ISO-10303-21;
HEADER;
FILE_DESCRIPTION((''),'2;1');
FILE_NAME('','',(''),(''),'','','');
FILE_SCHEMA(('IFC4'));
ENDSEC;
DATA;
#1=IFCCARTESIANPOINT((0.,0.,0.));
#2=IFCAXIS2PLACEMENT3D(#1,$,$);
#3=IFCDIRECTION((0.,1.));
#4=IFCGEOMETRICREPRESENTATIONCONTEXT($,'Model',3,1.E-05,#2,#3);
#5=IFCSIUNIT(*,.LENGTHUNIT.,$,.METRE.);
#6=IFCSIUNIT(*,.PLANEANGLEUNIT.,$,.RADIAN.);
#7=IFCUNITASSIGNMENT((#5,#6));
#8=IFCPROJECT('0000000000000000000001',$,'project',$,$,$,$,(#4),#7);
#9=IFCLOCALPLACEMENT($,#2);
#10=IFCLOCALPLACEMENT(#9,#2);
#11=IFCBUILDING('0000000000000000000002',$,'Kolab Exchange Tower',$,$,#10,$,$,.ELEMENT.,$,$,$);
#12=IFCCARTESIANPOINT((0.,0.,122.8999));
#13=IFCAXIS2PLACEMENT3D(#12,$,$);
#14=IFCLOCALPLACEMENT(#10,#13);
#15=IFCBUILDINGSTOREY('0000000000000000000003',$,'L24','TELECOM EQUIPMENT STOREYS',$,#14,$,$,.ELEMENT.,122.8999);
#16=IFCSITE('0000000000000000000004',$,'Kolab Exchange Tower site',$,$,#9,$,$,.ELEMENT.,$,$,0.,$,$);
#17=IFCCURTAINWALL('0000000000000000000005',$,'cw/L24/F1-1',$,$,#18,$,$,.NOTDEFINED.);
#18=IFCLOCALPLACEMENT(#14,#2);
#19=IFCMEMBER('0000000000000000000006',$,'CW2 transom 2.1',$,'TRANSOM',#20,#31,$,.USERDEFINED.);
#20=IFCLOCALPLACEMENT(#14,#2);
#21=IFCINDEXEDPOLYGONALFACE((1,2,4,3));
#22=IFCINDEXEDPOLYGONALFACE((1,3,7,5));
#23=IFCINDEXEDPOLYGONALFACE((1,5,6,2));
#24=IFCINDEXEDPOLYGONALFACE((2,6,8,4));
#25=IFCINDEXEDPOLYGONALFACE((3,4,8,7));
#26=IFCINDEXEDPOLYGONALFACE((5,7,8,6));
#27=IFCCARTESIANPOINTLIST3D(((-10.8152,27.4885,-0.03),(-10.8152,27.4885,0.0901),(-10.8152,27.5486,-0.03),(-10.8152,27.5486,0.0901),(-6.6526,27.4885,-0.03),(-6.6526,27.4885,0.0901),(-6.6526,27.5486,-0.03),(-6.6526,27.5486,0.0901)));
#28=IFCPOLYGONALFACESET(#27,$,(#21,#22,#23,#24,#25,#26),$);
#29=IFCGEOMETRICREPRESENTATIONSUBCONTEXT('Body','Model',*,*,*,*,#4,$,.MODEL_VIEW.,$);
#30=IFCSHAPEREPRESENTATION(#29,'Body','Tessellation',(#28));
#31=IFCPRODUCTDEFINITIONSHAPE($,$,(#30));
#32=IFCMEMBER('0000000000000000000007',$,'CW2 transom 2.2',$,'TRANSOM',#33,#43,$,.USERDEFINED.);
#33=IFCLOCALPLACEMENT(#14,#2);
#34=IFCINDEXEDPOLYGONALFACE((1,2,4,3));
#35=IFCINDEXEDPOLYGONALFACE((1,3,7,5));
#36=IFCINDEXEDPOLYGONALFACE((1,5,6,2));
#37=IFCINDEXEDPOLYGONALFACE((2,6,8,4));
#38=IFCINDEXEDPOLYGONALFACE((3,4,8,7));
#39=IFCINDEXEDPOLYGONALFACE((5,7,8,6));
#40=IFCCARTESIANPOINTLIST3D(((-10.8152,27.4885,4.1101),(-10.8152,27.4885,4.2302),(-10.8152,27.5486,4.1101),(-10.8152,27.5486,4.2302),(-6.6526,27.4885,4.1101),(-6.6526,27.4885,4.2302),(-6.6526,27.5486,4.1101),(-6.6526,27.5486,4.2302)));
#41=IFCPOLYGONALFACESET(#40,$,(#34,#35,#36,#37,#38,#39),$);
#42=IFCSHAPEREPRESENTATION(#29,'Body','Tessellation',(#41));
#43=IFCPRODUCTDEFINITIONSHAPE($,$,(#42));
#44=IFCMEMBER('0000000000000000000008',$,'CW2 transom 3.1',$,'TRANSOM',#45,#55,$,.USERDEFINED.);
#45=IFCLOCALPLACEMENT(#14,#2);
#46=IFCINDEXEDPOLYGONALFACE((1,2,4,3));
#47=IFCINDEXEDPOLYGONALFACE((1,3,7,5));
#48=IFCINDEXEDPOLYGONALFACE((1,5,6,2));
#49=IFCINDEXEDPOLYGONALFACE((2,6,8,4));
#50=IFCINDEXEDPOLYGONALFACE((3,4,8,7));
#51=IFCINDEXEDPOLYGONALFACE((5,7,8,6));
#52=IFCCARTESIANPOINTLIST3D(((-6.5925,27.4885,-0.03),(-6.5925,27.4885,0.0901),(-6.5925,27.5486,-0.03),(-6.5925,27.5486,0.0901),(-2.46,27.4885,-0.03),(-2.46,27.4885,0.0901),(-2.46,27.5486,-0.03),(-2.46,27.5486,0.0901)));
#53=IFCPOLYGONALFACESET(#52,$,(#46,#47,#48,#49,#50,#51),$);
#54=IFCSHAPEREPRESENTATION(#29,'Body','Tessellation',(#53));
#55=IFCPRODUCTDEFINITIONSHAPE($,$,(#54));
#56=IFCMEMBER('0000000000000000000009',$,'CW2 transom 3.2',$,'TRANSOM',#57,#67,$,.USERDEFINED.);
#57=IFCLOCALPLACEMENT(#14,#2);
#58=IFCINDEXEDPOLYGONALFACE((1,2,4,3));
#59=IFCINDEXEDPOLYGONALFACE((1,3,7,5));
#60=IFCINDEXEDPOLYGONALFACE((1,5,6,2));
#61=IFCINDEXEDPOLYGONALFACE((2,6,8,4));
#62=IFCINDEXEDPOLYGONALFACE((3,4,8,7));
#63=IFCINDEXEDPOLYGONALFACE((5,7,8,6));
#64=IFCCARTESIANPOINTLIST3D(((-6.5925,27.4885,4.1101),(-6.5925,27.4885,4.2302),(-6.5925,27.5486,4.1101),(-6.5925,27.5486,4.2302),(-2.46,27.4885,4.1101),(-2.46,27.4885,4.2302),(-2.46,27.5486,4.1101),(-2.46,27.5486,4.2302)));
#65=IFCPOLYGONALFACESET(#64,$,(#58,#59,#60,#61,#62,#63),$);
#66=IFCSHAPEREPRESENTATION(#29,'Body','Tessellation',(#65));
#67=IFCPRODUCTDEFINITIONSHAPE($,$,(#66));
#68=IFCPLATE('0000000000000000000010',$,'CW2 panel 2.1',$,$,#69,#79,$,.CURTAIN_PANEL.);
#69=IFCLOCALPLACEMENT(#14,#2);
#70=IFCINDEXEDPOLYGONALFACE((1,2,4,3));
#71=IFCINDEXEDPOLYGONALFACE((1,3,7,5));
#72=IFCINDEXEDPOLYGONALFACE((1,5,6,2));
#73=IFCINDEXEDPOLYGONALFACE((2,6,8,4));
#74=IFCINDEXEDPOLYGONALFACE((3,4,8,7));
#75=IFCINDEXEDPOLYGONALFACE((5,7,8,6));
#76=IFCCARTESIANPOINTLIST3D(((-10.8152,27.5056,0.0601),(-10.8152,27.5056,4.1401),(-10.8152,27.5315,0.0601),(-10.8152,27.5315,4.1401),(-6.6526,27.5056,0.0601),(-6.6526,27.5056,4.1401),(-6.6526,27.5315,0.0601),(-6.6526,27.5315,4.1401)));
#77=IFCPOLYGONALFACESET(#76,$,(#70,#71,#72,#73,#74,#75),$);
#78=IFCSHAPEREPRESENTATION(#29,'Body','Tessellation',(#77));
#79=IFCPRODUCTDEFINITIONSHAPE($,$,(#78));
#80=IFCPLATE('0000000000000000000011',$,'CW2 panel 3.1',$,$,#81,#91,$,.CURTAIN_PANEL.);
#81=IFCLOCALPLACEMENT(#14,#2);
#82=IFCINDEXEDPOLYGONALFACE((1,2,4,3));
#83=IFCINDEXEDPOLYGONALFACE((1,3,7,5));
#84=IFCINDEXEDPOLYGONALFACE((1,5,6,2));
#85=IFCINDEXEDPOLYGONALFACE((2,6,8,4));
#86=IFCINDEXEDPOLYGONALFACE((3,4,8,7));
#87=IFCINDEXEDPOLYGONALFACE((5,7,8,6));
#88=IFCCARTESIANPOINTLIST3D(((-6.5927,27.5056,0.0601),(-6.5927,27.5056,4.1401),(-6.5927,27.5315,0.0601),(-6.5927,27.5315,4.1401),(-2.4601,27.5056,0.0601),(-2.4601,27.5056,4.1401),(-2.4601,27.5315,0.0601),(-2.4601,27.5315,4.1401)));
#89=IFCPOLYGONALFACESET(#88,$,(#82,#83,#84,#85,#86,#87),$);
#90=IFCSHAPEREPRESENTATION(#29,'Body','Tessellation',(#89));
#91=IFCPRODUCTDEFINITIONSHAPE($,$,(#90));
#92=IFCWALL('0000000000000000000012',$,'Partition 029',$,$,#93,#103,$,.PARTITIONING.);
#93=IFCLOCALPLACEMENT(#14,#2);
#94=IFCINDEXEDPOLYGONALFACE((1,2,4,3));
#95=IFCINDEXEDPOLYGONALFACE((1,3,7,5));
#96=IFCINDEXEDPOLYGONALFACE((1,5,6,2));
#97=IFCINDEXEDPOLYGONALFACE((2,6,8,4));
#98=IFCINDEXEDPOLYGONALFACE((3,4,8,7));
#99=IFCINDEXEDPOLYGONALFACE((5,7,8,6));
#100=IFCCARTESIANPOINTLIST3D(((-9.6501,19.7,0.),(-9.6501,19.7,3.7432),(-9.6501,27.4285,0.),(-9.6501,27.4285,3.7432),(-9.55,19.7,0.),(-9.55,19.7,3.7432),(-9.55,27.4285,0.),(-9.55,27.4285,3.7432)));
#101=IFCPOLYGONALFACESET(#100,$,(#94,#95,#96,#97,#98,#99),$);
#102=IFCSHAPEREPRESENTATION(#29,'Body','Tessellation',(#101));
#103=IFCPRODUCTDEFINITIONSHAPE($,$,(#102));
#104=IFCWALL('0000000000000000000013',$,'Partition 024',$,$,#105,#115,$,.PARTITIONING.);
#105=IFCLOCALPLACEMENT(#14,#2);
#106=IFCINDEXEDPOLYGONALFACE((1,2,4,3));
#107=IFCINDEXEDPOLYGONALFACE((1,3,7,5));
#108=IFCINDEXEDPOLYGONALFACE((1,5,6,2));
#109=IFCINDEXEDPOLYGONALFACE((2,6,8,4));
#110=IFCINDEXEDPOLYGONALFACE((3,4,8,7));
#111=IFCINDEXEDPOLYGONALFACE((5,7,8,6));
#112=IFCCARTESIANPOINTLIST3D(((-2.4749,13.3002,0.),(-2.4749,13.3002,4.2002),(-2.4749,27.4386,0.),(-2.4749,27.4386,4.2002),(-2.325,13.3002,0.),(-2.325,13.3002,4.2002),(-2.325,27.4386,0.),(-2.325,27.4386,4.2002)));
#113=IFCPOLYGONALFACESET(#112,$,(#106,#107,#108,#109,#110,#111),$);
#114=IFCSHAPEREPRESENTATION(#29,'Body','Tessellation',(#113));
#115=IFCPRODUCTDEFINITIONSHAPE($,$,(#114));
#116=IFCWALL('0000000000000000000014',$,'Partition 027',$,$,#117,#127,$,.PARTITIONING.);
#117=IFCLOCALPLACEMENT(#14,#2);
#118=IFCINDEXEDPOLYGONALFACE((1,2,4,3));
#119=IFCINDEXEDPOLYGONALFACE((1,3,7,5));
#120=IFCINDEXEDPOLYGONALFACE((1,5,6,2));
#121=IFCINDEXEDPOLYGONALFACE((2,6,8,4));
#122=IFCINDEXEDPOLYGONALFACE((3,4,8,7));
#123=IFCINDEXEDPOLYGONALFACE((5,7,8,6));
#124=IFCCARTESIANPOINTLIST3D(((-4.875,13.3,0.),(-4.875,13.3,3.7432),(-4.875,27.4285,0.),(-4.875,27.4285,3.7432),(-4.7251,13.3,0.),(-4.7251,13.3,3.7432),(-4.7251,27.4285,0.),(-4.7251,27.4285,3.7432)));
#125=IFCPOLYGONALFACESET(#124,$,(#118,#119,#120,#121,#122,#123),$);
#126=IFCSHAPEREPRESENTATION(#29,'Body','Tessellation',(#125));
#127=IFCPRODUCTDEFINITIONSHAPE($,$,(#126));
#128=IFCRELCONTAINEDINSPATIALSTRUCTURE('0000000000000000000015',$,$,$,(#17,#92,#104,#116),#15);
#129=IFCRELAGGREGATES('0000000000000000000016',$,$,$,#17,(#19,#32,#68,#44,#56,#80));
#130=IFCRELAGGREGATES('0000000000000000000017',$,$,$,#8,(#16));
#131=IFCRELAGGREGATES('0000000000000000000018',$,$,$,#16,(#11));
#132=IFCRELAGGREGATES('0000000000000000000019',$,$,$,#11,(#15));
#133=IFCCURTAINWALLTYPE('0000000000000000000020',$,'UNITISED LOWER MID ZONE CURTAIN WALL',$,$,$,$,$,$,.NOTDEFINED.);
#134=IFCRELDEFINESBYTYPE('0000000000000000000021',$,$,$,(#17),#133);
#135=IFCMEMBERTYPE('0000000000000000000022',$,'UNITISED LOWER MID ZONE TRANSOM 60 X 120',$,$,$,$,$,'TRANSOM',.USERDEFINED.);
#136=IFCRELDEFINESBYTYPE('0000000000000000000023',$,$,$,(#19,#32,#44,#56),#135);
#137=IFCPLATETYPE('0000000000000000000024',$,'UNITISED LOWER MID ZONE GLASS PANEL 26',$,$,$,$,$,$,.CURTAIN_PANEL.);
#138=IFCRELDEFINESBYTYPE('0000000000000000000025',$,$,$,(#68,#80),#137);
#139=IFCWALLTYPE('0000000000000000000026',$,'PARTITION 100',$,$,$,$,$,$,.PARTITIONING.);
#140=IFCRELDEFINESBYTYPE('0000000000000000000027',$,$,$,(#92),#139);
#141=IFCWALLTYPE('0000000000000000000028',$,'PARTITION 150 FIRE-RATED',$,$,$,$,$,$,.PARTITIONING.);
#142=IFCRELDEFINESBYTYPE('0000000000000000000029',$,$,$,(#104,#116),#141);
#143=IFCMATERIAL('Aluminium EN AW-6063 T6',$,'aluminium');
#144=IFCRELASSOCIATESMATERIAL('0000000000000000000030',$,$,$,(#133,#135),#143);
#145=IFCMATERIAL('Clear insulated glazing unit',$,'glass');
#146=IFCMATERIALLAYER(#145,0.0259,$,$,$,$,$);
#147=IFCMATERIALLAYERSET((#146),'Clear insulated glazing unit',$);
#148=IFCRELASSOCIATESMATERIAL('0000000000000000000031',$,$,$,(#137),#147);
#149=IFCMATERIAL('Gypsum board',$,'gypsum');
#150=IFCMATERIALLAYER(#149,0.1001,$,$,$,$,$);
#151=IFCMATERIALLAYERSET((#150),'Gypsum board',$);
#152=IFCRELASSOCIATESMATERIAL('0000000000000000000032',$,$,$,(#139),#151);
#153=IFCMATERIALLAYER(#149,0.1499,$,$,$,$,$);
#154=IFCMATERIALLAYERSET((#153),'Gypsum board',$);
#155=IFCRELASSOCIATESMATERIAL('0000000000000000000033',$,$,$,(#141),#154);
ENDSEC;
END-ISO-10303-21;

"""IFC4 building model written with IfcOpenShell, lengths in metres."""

from ifc_helpers import new_model, si_unit, direction, frame, frame_2d, origin, origin_2d, place, context, subcontext, project, spatial, rectangle, extrude, material, layer, layer_set, material_profile, profile_set, type_object, element, aggregate, save


model = new_model("IFC4")

# Units and contexts
model_context = context("Model", 3, precision=1e-05, world=origin(), true_north=direction((0.0, 1.0)))
body_context = subcontext(model_context, "Body", "Model", "MODEL_VIEW")
ifc_project = project(units=[si_unit("LENGTHUNIT", "METRE"), si_unit("PLANEANGLEUNIT", "RADIAN")], contexts=[model_context])

# Site, building, storey
site_placement = place(None, origin())
site = spatial("IfcSite", under=ifc_project, at=site_placement, Name="Kolab Exchange Tower site", CompositionType="ELEMENT", RefElevation=0.0)
building_placement = place(site_placement, origin())
building = spatial("IfcBuilding", under=site, at=building_placement, Name="Kolab Exchange Tower", CompositionType="ELEMENT")
storey_placement = place(building_placement, frame((0.0, 0.0, 122.8999)))
storey = spatial("IfcBuildingStorey", under=building, at=storey_placement, Name="L24", Description="TELECOM EQUIPMENT STOREYS", CompositionType="ELEMENT", Elevation=122.8999)

# Curtain wall, members, plates
ifc_material_1 = material(Name="Aluminium EN AW-6063 T6", Category="aluminium")
curtain_wall_type = type_object("IfcCurtainWallType", Name="UNITISED LOWER MID ZONE CURTAIN WALL", PredefinedType="NOTDEFINED", material=ifc_material_1)
curtain_wall_placement = place(storey_placement, origin())
curtain_wall = element("IfcCurtainWall", 1, at=curtain_wall_placement, inside=storey, type_object=curtain_wall_type, Name="cw/L24/F1-1", PredefinedType="NOTDEFINED")
ifc_material_profile_1 = material_profile(ifc_material_1, rectangle(XDim=0.0601, YDim=0.1201, at=origin_2d()), Name="RECT 60X120")
ifc_profile_set_1 = profile_set([ifc_material_profile_1], Name="Aluminium EN AW-6063 T6")
member_type_1 = type_object("IfcMemberType", Name="UNITISED LOWER MID ZONE TRANSOM 60 X 120", ElementType="TRANSOM", PredefinedType="USERDEFINED", material=ifc_profile_set_1)
member_1_placement = place(storey_placement, frame((-10.8152, 27.5186, 0.03), z_axis=(1.0, 0.0, 0.0), x_axis=(0.0, 1.0, 0.0)))
member_1 = element("IfcMember", 2, at=member_1_placement, type_object=member_type_1, Name="CW2 transom 2.1", ObjectType="TRANSOM", PredefinedType="USERDEFINED", context=body_context, shape_type="SweptSolid", body=[
    extrude(rectangle(XDim=0.0601, YDim=0.1201, at=origin_2d()), origin(), (0.0, 0.0, 1.0), 4.1626),
])
member_2_placement = place(storey_placement, frame((-10.8152, 27.5186, 4.1702), z_axis=(1.0, 0.0, 0.0), x_axis=(0.0, 1.0, 0.0)))
member_2 = element("IfcMember", 3, at=member_2_placement, type_object=member_type_1, Name="CW2 transom 2.2", ObjectType="TRANSOM", PredefinedType="USERDEFINED", context=body_context, shape_type="SweptSolid", body=[
    extrude(rectangle(XDim=0.0601, YDim=0.1201, at=origin_2d()), origin(), (0.0, 0.0, 1.0), 4.1626),
])
member_3_placement = place(storey_placement, frame((-6.5925, 27.5186, 0.03), z_axis=(1.0, 0.0, 0.0), x_axis=(0.0, 1.0, 0.0)))
member_3 = element("IfcMember", 4, at=member_3_placement, type_object=member_type_1, Name="CW2 transom 3.1", ObjectType="TRANSOM", PredefinedType="USERDEFINED", context=body_context, shape_type="SweptSolid", body=[
    extrude(rectangle(XDim=0.0601, YDim=0.1201, at=origin_2d()), origin(), (0.0, 0.0, 1.0), 4.1326),
])
member_4_placement = place(storey_placement, frame((-6.5925, 27.5186, 4.1702), z_axis=(1.0, 0.0, 0.0), x_axis=(0.0, 1.0, 0.0)))
member_4 = element("IfcMember", 5, at=member_4_placement, type_object=member_type_1, Name="CW2 transom 3.2", ObjectType="TRANSOM", PredefinedType="USERDEFINED", context=body_context, shape_type="SweptSolid", body=[
    extrude(rectangle(XDim=0.0601, YDim=0.1201, at=origin_2d()), origin(), (0.0, 0.0, 1.0), 4.1326),
])
ifc_material_2 = material(Name="Clear insulated glazing unit", Category="glass")
ifc_layer_1 = layer(ifc_material_2, 0.0259)
ifc_layer_set_1 = layer_set([ifc_layer_1], Name="Clear insulated glazing unit")
plate_type = type_object("IfcPlateType", Name="UNITISED LOWER MID ZONE GLASS PANEL 26", PredefinedType="CURTAIN_PANEL", material=ifc_layer_set_1)
plate_1_placement = place(storey_placement, frame((-8.7339, 27.5186, 0.0601), z_axis=(0.0, 0.0, 1.0), x_axis=(1.0, 0.0, 0.0)))
plate_1 = element("IfcPlate", 6, at=plate_1_placement, type_object=plate_type, Name="CW2 panel 2.1", PredefinedType="CURTAIN_PANEL", context=body_context, shape_type="SweptSolid", body=[
    extrude(rectangle(XDim=4.1626, YDim=0.0259, at=origin_2d()), origin(), (0.0, 0.0, 1.0), 4.0801),
])
plate_2_placement = place(storey_placement, frame((-4.5264, 27.5186, 0.0601), z_axis=(0.0, 0.0, 1.0), x_axis=(1.0, 0.0, 0.0)))
plate_2 = element("IfcPlate", 7, at=plate_2_placement, type_object=plate_type, Name="CW2 panel 3.1", PredefinedType="CURTAIN_PANEL", context=body_context, shape_type="SweptSolid", body=[
    extrude(rectangle(XDim=4.1326, YDim=0.0259, at=origin_2d()), origin(), (0.0, 0.0, 1.0), 4.0801),
])
aggregate(curtain_wall, [member_1, member_2, plate_1, member_3, member_4, plate_2])

# Walls
ifc_material_3 = material(Name="Gypsum board", Category="gypsum")
ifc_layer_2 = layer(ifc_material_3, 0.1001)
ifc_layer_set_2 = layer_set([ifc_layer_2], Name="Gypsum board")
wall_type_1 = type_object("IfcWallType", Name="PARTITION 100", PredefinedType="PARTITIONING", material=ifc_layer_set_2)
wall_1_placement = place(storey_placement, frame((-9.6001, 19.7, 0.0), z_axis=(0.0, 0.0, 1.0), x_axis=(0.0, 1.0, 0.0)))
element("IfcWall", 8, at=wall_1_placement, inside=storey, type_object=wall_type_1, Name="Partition 029", PredefinedType="PARTITIONING", context=body_context, shape_type="SweptSolid", body=[
    extrude(rectangle(XDim=7.7285, YDim=0.1001, at=frame_2d((3.8643, 0.0))), origin(), (0.0, 0.0, 1.0), 3.7432),
])
ifc_layer_3 = layer(ifc_material_3, 0.1499)
ifc_layer_set_3 = layer_set([ifc_layer_3], Name="Gypsum board")
wall_type_2 = type_object("IfcWallType", Name="PARTITION 150 FIRE-RATED", PredefinedType="PARTITIONING", material=ifc_layer_set_3)
wall_2_placement = place(storey_placement, frame((-2.3999, 13.3, 0.0), z_axis=(0.0, 0.0, 1.0), x_axis=(0.0, 1.0, 0.0)))
element("IfcWall", 9, at=wall_2_placement, inside=storey, type_object=wall_type_2, Name="Partition 024", PredefinedType="PARTITIONING", context=body_context, shape_type="SweptSolid", body=[
    extrude(rectangle(XDim=14.1384, YDim=0.1499, at=frame_2d((7.0693, 0.0))), origin(), (0.0, 0.0, 1.0), 4.2002),
])
wall_3_placement = place(storey_placement, frame((-4.8, 13.3, 0.0), z_axis=(0.0, 0.0, 1.0), x_axis=(0.0, 1.0, 0.0)))
element("IfcWall", 10, at=wall_3_placement, inside=storey, type_object=wall_type_2, Name="Partition 027", PredefinedType="PARTITIONING", context=body_context, shape_type="SweptSolid", body=[
    extrude(rectangle(XDim=14.1284, YDim=0.1499, at=frame_2d((7.0642, 0.0))), origin(), (0.0, 0.0, 1.0), 3.7432),
])

save(model, "model.ifc")
